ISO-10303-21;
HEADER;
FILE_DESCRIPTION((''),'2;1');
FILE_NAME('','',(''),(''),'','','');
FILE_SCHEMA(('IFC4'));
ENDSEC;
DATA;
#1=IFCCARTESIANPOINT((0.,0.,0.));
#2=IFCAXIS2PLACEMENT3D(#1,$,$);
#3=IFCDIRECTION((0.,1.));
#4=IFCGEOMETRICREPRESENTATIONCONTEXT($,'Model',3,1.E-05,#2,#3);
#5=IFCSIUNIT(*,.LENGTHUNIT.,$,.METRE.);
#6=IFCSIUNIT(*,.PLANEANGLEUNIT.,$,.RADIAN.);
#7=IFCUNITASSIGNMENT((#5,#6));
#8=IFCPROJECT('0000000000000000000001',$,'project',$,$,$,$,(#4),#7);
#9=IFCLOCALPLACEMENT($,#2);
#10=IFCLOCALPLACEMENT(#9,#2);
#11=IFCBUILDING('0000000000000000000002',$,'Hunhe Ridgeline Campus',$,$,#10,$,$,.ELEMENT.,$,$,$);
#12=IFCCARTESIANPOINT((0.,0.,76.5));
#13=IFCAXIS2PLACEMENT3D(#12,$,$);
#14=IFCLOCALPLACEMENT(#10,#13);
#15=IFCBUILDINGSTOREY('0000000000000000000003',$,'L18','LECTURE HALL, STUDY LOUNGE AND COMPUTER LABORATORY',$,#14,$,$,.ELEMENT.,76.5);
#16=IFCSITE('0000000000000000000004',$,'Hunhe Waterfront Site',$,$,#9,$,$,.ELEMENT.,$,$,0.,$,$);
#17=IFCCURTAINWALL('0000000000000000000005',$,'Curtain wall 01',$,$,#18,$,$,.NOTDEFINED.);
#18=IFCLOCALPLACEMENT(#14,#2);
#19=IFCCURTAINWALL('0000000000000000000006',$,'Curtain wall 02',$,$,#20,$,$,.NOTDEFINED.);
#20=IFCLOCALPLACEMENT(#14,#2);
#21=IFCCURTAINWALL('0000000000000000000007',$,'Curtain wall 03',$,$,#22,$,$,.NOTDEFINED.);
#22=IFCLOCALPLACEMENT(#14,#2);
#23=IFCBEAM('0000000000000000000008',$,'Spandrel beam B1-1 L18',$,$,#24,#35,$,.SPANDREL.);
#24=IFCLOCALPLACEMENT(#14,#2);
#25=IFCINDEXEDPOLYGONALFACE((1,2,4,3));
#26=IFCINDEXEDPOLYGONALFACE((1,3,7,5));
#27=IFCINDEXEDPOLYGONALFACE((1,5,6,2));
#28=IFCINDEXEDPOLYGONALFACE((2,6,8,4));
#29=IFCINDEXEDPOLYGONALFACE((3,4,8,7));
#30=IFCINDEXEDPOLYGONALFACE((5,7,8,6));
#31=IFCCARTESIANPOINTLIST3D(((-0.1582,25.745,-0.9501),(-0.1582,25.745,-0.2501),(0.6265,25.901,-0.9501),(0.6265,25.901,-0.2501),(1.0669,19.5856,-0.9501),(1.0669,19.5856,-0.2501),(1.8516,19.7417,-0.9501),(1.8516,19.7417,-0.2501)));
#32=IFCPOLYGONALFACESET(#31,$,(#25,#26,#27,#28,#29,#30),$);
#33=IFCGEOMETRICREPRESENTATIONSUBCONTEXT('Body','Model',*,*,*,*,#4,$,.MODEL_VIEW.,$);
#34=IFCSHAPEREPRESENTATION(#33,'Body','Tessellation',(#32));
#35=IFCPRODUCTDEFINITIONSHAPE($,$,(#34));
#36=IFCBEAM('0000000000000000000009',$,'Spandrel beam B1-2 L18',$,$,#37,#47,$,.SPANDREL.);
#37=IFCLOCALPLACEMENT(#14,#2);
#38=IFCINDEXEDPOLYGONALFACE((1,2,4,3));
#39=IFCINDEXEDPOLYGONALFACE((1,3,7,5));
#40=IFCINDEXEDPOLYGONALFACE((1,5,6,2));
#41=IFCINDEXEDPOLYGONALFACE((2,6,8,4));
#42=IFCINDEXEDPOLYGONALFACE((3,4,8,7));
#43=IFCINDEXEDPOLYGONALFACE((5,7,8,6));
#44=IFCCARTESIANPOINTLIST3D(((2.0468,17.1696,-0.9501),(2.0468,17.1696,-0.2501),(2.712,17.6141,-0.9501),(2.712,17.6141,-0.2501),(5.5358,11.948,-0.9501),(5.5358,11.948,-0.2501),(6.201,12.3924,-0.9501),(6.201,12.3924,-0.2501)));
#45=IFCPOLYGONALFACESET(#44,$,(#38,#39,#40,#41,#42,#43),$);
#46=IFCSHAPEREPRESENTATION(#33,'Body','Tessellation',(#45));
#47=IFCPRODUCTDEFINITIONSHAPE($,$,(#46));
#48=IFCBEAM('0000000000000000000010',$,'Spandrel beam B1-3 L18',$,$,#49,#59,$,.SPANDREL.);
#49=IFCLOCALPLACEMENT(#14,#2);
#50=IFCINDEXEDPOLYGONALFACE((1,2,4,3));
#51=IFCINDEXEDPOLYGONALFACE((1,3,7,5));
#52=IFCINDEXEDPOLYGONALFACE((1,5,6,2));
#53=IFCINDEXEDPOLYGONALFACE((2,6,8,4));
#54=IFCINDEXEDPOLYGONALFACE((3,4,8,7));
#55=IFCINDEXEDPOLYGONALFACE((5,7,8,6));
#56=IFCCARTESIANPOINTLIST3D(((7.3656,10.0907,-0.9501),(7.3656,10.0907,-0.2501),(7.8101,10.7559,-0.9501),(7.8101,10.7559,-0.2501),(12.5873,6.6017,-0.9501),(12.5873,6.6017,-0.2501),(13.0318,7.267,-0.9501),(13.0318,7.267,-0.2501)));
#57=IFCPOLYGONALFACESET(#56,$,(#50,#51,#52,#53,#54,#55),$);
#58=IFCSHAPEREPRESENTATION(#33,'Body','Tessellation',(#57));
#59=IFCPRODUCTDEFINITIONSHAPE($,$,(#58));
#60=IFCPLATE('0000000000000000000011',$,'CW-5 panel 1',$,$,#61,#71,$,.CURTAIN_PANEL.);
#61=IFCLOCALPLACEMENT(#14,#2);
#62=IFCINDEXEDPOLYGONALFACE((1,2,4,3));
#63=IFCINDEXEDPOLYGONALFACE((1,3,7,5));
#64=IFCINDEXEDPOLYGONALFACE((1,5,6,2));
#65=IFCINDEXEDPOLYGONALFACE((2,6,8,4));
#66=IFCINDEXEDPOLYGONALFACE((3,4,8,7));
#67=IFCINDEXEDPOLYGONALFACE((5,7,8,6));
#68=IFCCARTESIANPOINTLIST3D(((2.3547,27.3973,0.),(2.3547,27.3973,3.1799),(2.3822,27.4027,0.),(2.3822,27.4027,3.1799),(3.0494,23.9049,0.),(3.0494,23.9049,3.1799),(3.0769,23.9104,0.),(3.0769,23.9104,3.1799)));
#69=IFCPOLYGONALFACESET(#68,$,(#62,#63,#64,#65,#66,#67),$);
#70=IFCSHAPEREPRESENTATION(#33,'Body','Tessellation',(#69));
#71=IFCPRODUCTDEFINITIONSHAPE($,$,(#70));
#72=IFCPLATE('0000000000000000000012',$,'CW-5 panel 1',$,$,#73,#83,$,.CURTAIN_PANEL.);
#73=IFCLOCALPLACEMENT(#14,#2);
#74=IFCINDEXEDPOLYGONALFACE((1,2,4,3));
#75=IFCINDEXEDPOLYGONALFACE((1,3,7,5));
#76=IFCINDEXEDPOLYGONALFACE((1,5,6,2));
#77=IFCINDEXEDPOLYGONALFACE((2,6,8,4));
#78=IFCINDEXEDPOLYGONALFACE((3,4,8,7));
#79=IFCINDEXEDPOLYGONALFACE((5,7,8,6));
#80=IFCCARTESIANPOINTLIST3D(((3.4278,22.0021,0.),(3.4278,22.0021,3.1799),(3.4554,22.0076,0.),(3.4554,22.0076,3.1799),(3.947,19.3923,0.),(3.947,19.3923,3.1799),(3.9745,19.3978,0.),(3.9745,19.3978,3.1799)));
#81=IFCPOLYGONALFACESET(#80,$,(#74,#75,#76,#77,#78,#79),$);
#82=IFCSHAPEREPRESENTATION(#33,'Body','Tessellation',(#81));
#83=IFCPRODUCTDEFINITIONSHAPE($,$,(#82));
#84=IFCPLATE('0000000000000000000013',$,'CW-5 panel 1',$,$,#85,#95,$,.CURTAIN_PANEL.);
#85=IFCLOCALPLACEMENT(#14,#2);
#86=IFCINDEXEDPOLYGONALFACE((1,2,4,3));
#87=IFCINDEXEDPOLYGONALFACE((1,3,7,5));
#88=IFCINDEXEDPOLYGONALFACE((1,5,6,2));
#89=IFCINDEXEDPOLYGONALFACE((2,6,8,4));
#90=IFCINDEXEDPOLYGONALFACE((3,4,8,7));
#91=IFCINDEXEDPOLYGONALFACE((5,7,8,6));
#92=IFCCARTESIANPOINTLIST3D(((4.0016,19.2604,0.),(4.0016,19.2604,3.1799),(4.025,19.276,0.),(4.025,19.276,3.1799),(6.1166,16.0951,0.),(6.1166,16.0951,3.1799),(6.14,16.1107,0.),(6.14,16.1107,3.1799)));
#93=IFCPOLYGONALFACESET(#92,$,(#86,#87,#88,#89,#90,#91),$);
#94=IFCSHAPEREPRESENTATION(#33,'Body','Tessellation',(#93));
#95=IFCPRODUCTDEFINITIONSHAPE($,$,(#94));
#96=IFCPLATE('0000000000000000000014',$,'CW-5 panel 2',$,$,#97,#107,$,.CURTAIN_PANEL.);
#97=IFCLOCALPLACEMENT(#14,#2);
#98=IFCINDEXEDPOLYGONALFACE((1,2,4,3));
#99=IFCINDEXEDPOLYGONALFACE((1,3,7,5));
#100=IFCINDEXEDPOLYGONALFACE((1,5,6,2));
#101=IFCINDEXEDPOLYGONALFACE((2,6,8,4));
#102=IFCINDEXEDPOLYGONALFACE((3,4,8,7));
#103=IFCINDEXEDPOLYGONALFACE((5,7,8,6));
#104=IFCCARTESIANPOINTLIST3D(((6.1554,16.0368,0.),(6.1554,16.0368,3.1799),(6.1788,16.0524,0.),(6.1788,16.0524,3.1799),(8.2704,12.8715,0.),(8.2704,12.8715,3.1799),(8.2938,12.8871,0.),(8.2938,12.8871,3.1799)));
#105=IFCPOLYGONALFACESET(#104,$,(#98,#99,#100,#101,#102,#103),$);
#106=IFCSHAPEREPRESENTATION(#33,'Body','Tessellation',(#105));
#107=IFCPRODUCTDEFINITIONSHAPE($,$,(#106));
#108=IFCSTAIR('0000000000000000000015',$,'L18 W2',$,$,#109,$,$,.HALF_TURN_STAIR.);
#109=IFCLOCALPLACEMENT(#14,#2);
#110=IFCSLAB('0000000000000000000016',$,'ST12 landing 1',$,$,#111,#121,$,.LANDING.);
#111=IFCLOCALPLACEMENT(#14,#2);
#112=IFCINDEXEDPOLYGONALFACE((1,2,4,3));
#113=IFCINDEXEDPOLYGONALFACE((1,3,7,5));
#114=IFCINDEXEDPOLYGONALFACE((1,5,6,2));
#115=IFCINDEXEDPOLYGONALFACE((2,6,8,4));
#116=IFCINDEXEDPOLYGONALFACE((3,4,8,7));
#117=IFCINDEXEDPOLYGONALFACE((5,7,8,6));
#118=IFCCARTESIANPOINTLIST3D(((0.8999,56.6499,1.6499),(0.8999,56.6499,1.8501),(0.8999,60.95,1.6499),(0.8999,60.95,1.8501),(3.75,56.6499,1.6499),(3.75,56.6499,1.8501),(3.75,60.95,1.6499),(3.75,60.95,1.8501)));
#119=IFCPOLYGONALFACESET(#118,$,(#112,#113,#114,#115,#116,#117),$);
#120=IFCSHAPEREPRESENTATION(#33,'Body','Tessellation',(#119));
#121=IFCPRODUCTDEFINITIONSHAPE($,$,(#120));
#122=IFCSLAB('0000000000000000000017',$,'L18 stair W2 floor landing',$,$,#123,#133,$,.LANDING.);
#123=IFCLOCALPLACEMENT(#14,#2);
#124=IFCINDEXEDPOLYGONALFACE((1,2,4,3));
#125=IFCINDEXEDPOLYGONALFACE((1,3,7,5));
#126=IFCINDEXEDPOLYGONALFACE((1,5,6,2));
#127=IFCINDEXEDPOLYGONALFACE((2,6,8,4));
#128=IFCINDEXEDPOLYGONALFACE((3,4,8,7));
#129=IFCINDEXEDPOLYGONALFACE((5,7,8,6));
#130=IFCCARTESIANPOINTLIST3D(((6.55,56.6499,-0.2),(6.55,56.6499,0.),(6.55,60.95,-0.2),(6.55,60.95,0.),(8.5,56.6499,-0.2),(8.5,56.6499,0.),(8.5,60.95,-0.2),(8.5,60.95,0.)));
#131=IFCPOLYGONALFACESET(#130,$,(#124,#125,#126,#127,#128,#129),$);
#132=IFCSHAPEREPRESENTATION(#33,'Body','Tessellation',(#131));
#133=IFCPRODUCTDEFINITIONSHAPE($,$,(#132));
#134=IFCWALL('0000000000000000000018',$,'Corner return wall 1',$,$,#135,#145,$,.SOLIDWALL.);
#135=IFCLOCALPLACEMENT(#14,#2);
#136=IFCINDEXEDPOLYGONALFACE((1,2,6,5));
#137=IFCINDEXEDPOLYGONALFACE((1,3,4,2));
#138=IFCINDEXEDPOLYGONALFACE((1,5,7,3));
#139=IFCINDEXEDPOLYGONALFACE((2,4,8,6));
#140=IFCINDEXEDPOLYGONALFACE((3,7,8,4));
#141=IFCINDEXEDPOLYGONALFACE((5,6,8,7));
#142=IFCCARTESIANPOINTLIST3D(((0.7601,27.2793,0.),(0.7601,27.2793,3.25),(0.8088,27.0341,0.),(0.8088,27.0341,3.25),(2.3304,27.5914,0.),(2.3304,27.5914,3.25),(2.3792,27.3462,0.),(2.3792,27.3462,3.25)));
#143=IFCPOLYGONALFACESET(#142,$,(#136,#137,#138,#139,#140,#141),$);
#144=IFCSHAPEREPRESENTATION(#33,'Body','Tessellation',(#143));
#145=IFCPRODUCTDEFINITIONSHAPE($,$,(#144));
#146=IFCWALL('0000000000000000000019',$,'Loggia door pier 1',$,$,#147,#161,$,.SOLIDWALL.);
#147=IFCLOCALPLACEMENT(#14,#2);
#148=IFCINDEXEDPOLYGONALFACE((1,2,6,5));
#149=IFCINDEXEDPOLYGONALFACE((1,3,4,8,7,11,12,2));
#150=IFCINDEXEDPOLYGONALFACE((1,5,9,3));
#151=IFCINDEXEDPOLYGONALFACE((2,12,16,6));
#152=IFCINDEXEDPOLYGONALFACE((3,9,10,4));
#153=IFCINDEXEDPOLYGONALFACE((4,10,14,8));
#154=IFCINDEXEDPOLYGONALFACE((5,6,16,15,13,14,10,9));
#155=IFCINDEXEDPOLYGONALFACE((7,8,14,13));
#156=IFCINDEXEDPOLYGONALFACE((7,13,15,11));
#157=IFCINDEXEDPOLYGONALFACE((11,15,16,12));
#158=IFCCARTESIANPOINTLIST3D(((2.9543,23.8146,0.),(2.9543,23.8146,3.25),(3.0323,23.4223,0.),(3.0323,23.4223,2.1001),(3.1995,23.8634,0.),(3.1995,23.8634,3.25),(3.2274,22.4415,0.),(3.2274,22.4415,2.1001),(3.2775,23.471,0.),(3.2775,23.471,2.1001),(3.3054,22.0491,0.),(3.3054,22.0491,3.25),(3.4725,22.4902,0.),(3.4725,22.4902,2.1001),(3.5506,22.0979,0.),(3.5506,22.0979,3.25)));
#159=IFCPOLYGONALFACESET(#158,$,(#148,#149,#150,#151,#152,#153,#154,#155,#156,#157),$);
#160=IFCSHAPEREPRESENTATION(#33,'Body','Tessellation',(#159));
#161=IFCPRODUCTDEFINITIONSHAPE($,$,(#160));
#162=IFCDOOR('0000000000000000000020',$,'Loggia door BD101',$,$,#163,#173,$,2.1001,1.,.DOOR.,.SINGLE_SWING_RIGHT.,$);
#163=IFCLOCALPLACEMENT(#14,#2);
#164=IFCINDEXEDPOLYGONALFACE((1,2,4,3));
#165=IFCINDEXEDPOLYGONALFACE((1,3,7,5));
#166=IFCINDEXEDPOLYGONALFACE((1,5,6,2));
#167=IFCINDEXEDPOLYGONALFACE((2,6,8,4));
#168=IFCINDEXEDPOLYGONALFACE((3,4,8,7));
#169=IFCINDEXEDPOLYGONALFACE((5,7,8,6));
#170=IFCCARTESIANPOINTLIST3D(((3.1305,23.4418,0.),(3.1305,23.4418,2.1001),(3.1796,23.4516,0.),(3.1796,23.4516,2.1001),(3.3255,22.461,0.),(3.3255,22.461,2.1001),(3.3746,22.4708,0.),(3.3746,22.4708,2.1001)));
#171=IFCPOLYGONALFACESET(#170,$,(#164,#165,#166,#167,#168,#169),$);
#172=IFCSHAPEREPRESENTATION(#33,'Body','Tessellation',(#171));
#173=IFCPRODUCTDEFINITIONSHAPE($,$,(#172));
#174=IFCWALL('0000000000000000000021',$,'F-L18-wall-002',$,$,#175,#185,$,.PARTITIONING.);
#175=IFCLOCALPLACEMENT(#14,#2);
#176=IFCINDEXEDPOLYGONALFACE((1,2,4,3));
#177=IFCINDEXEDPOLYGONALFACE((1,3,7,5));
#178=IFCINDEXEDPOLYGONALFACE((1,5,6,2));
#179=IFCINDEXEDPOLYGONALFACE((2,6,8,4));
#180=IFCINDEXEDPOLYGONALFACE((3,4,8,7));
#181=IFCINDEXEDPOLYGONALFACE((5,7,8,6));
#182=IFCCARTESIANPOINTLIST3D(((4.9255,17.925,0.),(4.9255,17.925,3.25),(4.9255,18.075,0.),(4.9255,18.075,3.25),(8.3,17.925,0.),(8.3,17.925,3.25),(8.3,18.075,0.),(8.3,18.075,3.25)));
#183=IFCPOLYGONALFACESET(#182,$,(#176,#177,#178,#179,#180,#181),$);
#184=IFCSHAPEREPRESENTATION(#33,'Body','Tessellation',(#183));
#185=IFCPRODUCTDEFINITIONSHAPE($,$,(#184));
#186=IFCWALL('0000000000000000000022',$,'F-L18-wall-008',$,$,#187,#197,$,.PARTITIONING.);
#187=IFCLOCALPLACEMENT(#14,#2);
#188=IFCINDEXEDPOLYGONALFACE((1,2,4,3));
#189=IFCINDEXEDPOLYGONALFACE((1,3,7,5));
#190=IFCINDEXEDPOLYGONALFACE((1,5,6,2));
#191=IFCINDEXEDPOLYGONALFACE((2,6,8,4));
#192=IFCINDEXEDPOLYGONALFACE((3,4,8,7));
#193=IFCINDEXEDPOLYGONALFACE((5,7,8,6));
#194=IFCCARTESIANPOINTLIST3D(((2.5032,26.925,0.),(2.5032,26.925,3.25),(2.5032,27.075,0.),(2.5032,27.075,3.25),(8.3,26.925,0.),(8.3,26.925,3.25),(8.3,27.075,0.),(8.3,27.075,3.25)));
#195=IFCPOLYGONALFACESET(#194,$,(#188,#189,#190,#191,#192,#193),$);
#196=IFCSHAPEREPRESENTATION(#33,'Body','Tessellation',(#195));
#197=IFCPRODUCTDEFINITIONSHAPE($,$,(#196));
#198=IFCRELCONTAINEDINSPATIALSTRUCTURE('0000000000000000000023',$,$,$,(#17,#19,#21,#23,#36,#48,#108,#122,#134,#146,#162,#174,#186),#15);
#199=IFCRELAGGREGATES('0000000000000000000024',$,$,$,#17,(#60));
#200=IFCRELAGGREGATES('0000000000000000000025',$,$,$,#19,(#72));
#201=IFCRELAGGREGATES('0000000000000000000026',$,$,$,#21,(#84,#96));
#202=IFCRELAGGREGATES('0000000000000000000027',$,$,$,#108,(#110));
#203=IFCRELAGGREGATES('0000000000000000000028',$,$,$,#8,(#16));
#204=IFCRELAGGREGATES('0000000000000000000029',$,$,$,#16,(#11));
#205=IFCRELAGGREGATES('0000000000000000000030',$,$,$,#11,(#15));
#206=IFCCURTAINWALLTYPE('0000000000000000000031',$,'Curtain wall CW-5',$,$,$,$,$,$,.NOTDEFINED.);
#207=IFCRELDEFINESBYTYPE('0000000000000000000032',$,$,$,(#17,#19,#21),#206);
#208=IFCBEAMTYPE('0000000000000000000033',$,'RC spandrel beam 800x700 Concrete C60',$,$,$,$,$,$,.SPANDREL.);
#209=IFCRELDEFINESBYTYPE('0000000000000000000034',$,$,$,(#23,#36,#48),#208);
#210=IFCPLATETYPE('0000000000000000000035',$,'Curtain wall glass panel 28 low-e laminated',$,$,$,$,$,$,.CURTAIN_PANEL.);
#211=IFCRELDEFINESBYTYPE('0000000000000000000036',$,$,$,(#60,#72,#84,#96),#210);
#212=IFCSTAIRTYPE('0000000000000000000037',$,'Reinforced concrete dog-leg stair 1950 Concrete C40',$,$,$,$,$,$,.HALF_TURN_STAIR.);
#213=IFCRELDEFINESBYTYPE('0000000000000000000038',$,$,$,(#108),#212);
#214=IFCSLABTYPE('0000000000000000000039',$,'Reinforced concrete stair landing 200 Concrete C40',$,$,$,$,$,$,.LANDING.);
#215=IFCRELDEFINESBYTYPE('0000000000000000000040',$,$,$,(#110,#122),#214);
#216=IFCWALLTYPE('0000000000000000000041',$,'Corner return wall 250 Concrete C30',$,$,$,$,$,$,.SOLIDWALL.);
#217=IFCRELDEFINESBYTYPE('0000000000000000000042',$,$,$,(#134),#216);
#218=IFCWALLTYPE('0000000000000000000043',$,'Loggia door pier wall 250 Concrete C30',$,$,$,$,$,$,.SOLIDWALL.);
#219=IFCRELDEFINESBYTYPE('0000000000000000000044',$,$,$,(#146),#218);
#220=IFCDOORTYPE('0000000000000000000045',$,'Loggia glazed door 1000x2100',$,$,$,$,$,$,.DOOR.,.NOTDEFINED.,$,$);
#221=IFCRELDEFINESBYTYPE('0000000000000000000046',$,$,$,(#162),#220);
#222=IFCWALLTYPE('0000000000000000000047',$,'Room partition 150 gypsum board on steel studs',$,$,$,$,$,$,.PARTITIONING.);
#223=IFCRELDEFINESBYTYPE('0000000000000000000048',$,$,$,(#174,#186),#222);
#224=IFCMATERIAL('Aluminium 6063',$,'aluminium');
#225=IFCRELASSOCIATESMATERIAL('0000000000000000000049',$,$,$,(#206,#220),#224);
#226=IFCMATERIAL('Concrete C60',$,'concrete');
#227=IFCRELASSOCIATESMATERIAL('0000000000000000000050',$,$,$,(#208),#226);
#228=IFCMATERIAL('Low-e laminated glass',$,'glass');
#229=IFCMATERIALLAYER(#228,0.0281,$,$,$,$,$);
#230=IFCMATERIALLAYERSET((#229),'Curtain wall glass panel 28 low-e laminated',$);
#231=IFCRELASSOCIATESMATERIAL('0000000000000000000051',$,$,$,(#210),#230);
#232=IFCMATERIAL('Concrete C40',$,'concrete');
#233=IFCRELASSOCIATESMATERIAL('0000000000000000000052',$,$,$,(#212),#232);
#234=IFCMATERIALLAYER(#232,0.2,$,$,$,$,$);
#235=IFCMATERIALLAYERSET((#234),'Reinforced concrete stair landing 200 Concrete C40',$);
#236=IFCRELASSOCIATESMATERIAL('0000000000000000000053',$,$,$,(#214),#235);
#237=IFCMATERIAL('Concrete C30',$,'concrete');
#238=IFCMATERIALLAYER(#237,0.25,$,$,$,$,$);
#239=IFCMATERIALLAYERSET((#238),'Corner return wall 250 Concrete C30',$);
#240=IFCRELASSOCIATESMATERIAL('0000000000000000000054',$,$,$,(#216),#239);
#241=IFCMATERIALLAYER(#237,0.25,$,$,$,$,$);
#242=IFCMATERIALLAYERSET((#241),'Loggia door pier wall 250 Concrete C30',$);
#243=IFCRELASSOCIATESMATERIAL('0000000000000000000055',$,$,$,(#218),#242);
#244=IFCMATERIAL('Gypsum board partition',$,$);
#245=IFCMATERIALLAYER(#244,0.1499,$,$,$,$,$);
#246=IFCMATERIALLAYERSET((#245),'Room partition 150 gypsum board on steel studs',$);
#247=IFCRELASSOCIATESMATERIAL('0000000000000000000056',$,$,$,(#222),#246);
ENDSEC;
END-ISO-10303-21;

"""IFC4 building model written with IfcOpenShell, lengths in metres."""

from ifc_helpers import new_model, si_unit, direction, frame, frame_2d, origin, origin_2d, place, context, subcontext, project, spatial, polyline, rectangle, outline, extrude, material, layer, layer_set, material_profile, profile_set, type_object, element, fill, aggregate, save


model = new_model("IFC4")

# Units and contexts
model_context = context("Model", 3, precision=1e-05, world=origin(), true_north=direction((0.0, 1.0)))
body_context = subcontext(model_context, "Body", "Model", "MODEL_VIEW")
ifc_project = project(units=[si_unit("LENGTHUNIT", "METRE"), si_unit("PLANEANGLEUNIT", "RADIAN")], contexts=[model_context])

# Site, building, storey
site_placement = place(None, origin())
site = spatial("IfcSite", under=ifc_project, at=site_placement, Name="Hunhe Waterfront Site", CompositionType="ELEMENT", RefElevation=0.0)
building_placement = place(site_placement, origin())
building = spatial("IfcBuilding", under=site, at=building_placement, Name="Hunhe Ridgeline Campus", CompositionType="ELEMENT")
storey_placement = place(building_placement, frame((0.0, 0.0, 76.5)))
storey = spatial("IfcBuildingStorey", under=building, at=storey_placement, Name="L18", Description="LECTURE HALL, STUDY LOUNGE AND COMPUTER LABORATORY", CompositionType="ELEMENT", Elevation=76.5)

# Curtain walls
ifc_material_1 = material(Name="Aluminium 6063", Category="aluminium")
curtain_wall_type = type_object("IfcCurtainWallType", Name="Curtain wall CW-5", PredefinedType="NOTDEFINED", material=ifc_material_1)
curtain_wall_1_placement = place(storey_placement, origin())
curtain_wall_1 = element("IfcCurtainWall", 1, at=curtain_wall_1_placement, inside=storey, type_object=curtain_wall_type, Name="Curtain wall 01", PredefinedType="NOTDEFINED")
curtain_wall_2_placement = place(storey_placement, origin())
curtain_wall_2 = element("IfcCurtainWall", 2, at=curtain_wall_2_placement, inside=storey, type_object=curtain_wall_type, Name="Curtain wall 02", PredefinedType="NOTDEFINED")
curtain_wall_3_placement = place(storey_placement, origin())
curtain_wall_3 = element("IfcCurtainWall", 3, at=curtain_wall_3_placement, inside=storey, type_object=curtain_wall_type, Name="Curtain wall 03", PredefinedType="NOTDEFINED")

# Beams
ifc_material_2 = material(Name="Concrete C60", Category="concrete")
ifc_material_profile_1 = material_profile(ifc_material_2, rectangle(XDim=0.8, YDim=0.7, at=origin_2d()))
ifc_profile_set_1 = profile_set([ifc_material_profile_1], Name="Concrete C60")
beam_type = type_object("IfcBeamType", Name="RC spandrel beam 800x700 Concrete C60", PredefinedType="SPANDREL", material=ifc_profile_set_1)
for number, where, z_axis, x_axis, name in (
    (4, (0.2341, 25.823, -0.6001), (0.195077, -0.980788, 0.0), (0.980788, 0.195077, 0.0), "Spandrel beam B1-1 L18"),
    (5, (2.3794, 17.3918, -0.6001), (0.55557, -0.83147, 0.0), (0.83147, 0.55557, 0.0), "Spandrel beam B1-2 L18"),
    (6, (7.5879, 10.4233, -0.6001), (0.83147, -0.55557, 0.0), (0.55557, 0.83147, 0.0), "Spandrel beam B1-3 L18"),
):
    element("IfcBeam", number, at=place(storey_placement, frame(where, z_axis=z_axis, x_axis=x_axis)), inside=storey, type_object=beam_type, Name=name, PredefinedType="SPANDREL", context=body_context, shape_type="SweptSolid", body=[
        extrude(rectangle(XDim=0.8, YDim=0.7, at=origin_2d()), origin(), (0.0, 0.0, 1.0), 6.28),
    ])

# Plates
ifc_material_3 = material(Name="Low-e laminated glass", Category="glass")
ifc_layer_1 = layer(ifc_material_3, 0.0281)
ifc_layer_set_1 = layer_set([ifc_layer_1], Name="Curtain wall glass panel 28 low-e laminated")
plate_type = type_object("IfcPlateType", Name="Curtain wall glass panel 28 low-e laminated", PredefinedType="CURTAIN_PANEL", material=ifc_layer_set_1)
plate_1_placement = place(storey_placement, frame((2.7158, 25.6538, 0.0), z_axis=(0.0, 0.0, 1.0), x_axis=(0.195095, -0.980784, 0.0)))
plate_1 = element("IfcPlate", 7, at=plate_1_placement, type_object=plate_type, Name="CW-5 panel 1", PredefinedType="CURTAIN_PANEL", context=body_context, shape_type="SweptSolid", body=[
    extrude(rectangle(XDim=3.5608, YDim=0.0281, at=origin_2d()), origin(), (0.0, 0.0, 1.0), 3.1799),
])
aggregate(curtain_wall_1, [plate_1])
plate_2_placement = place(storey_placement, frame((3.7012, 20.7, 0.0), z_axis=(0.0, 0.0, 1.0), x_axis=(0.195095, -0.980784, 0.0)))
plate_2 = element("IfcPlate", 8, at=plate_2_placement, type_object=plate_type, Name="CW-5 panel 1", PredefinedType="CURTAIN_PANEL", context=body_context, shape_type="SweptSolid", body=[
    extrude(rectangle(XDim=2.6609, YDim=0.0281, at=origin_2d()), origin(), (0.0, 0.0, 1.0), 3.1799),
])
aggregate(curtain_wall_2, [plate_2])
plate_3_placement = place(storey_placement, frame((5.0708, 17.6855, 0.0), z_axis=(0.0, 0.0, 1.0), x_axis=(0.55557, -0.83147, 0.0)))
plate_3 = element("IfcPlate", 9, at=plate_3_placement, type_object=plate_type, Name="CW-5 panel 1", PredefinedType="CURTAIN_PANEL", context=body_context, shape_type="SweptSolid", body=[
    extrude(rectangle(XDim=3.8069, YDim=0.0281, at=origin_2d()), origin(), (0.0, 0.0, 1.0), 3.1799),
])
plate_4_placement = place(storey_placement, frame((7.2246, 14.4619, 0.0), z_axis=(0.0, 0.0, 1.0), x_axis=(0.55557, -0.83147, 0.0)))
plate_4 = element("IfcPlate", 10, at=plate_4_placement, type_object=plate_type, Name="CW-5 panel 2", PredefinedType="CURTAIN_PANEL", context=body_context, shape_type="SweptSolid", body=[
    extrude(rectangle(XDim=3.8069, YDim=0.0281, at=origin_2d()), origin(), (0.0, 0.0, 1.0), 3.1799),
])
aggregate(curtain_wall_3, [plate_3, plate_4])

# Stair, slab
ifc_material_4 = material(Name="Concrete C40", Category="concrete")
stair_type = type_object("IfcStairType", Name="Reinforced concrete dog-leg stair 1950 Concrete C40", PredefinedType="HALF_TURN_STAIR", material=ifc_material_4)
stair_placement = place(storey_placement, origin())
stair = element("IfcStair", 11, at=stair_placement, inside=storey, type_object=stair_type, Name="L18 W2", PredefinedType="HALF_TURN_STAIR")
ifc_layer_2 = layer(ifc_material_4, 0.2)
ifc_layer_set_2 = layer_set([ifc_layer_2], Name="Reinforced concrete stair landing 200 Concrete C40")
slab_type = type_object("IfcSlabType", Name="Reinforced concrete stair landing 200 Concrete C40", PredefinedType="LANDING", material=ifc_layer_set_2)
slab_1_placement = place(storey_placement, frame((0.0, 0.0, 1.6499)))
slab_1 = element("IfcSlab", 12, at=slab_1_placement, type_object=slab_type, Name="ST12 landing 1", PredefinedType="LANDING", context=body_context, shape_type="SweptSolid", body=[
    extrude(outline(polyline([(3.75, 60.95), (0.8999, 60.95), (0.8999, 56.6499), (3.75, 56.6499), (3.75, 60.95)])), origin(), (0.0, 0.0, 1.0), 0.2002),
])
aggregate(stair, [slab_1])

# Slab
slab_2_placement = place(storey_placement, frame((0.0, 0.0, -0.2)))
element("IfcSlab", 13, at=slab_2_placement, inside=storey, type_object=slab_type, Name="L18 stair W2 floor landing", PredefinedType="LANDING", context=body_context, shape_type="SweptSolid", body=[
    extrude(outline(polyline([(8.5, 60.95), (6.55, 60.95), (6.55, 56.6499), (8.5, 56.6499), (8.5, 60.95)])), origin(), (0.0, 0.0, 1.0), 0.2),
])

# Wall
ifc_material_5 = material(Name="Concrete C30", Category="concrete")
ifc_layer_3 = layer(ifc_material_5, 0.25)
ifc_layer_set_3 = layer_set([ifc_layer_3], Name="Corner return wall 250 Concrete C30")
wall_type_1 = type_object("IfcWallType", Name="Corner return wall 250 Concrete C30", PredefinedType="SOLIDWALL", material=ifc_layer_set_3)
wall_1_placement = place(storey_placement, frame((0.7844, 27.1567, 0.0), z_axis=(0.0, 0.0, 1.0), x_axis=(0.980826, 0.194884, 0.0)))
element("IfcWall", 14, at=wall_1_placement, inside=storey, type_object=wall_type_1, Name="Corner return wall 1", PredefinedType="SOLIDWALL", context=body_context, shape_type="SweptSolid", body=[
    extrude(rectangle(XDim=1.6011, YDim=0.25, at=frame_2d((0.8005, 0.0))), origin(), (0.0, 0.0, 1.0), 3.25),
])

# Wall, opening, door
ifc_layer_4 = layer(ifc_material_5, 0.25)
ifc_layer_set_4 = layer_set([ifc_layer_4], Name="Loggia door pier wall 250 Concrete C30")
wall_type_2 = type_object("IfcWallType", Name="Loggia door pier wall 250 Concrete C30", PredefinedType="SOLIDWALL", material=ifc_layer_set_4)
wall_2_placement = place(storey_placement, frame((3.0769, 23.8389, 0.0), z_axis=(0.0, 0.0, 1.0), x_axis=(0.195047, -0.980794, 0.0)))
wall_2 = element("IfcWall", 15, at=wall_2_placement, inside=storey, type_object=wall_type_2, Name="Loggia door pier 1", PredefinedType="SOLIDWALL", context=body_context, shape_type="SweptSolid", body=[
    extrude(rectangle(XDim=1.8, YDim=0.25, at=frame_2d((0.8999, 0.0))), origin(), (0.0, 0.0, 1.0), 3.25),
])
opening_placement = place(wall_2_placement, frame((0.3999, 0.0, 0.0)))
opening = element("IfcOpeningElement", 16, at=opening_placement, cuts=wall_2, PredefinedType="OPENING", context=body_context, shape_type="SweptSolid", body=[
    extrude(rectangle(XDim=1.0, YDim=2.1001, at=frame_2d((0.5, 1.05))), frame((0.0, 0.125, 0.0), z_axis=(0.0, -1.0, 0.0), x_axis=(1.0, 0.0, 0.0)), (0.0, 0.0, 1.0), 0.25),
])
door_type = type_object("IfcDoorType", Name="Loggia glazed door 1000x2100", OperationType="NOTDEFINED", PredefinedType="DOOR", material=ifc_material_1)
door_placement = place(opening_placement, frame((1.0, 0.0, 0.0), z_axis=(0.0, 0.0, 1.0), x_axis=(-1.0, 0.0, 0.0)))
door = element("IfcDoor", 17, at=door_placement, inside=storey, type_object=door_type, Name="Loggia door BD101", OperationType="SINGLE_SWING_RIGHT", OverallHeight=2.1001, OverallWidth=1.0, PredefinedType="DOOR", context=body_context, shape_type="SweptSolid", body=[
    extrude(rectangle(XDim=1.0, YDim=2.1001, at=frame_2d((0.5, 1.05))), frame((0.0, 0.0249, 0.0), z_axis=(0.0, -1.0, 0.0), x_axis=(1.0, 0.0, 0.0)), (0.0, 0.0, 1.0), 0.05),
])
fill(opening, door)

# Walls
ifc_material_6 = material(Name="Gypsum board partition")
ifc_layer_5 = layer(ifc_material_6, 0.1499)
ifc_layer_set_5 = layer_set([ifc_layer_5], Name="Room partition 150 gypsum board on steel studs")
wall_type_3 = type_object("IfcWallType", Name="Room partition 150 gypsum board on steel studs", PredefinedType="PARTITIONING", material=ifc_layer_set_5)
wall_3_placement = place(storey_placement, frame((4.9255, 18.0, 0.0), z_axis=(0.0, 0.0, 1.0), x_axis=(1.0, 0.0, 0.0)))
element("IfcWall", 18, at=wall_3_placement, inside=storey, type_object=wall_type_3, Name="F-L18-wall-002", PredefinedType="PARTITIONING", context=body_context, shape_type="SweptSolid", body=[
    extrude(rectangle(XDim=3.3745, YDim=0.1499, at=frame_2d((1.6873, 0.0))), origin(), (0.0, 0.0, 1.0), 3.25),
])
wall_4_placement = place(storey_placement, frame((2.5032, 27.0, 0.0), z_axis=(0.0, 0.0, 1.0), x_axis=(1.0, 0.0, 0.0)))
element("IfcWall", 19, at=wall_4_placement, inside=storey, type_object=wall_type_3, Name="F-L18-wall-008", PredefinedType="PARTITIONING", context=body_context, shape_type="SweptSolid", body=[
    extrude(rectangle(XDim=5.7969, YDim=0.1499, at=frame_2d((2.8984, 0.0))), origin(), (0.0, 0.0, 1.0), 3.25),
])

save(model, "model.ifc")
